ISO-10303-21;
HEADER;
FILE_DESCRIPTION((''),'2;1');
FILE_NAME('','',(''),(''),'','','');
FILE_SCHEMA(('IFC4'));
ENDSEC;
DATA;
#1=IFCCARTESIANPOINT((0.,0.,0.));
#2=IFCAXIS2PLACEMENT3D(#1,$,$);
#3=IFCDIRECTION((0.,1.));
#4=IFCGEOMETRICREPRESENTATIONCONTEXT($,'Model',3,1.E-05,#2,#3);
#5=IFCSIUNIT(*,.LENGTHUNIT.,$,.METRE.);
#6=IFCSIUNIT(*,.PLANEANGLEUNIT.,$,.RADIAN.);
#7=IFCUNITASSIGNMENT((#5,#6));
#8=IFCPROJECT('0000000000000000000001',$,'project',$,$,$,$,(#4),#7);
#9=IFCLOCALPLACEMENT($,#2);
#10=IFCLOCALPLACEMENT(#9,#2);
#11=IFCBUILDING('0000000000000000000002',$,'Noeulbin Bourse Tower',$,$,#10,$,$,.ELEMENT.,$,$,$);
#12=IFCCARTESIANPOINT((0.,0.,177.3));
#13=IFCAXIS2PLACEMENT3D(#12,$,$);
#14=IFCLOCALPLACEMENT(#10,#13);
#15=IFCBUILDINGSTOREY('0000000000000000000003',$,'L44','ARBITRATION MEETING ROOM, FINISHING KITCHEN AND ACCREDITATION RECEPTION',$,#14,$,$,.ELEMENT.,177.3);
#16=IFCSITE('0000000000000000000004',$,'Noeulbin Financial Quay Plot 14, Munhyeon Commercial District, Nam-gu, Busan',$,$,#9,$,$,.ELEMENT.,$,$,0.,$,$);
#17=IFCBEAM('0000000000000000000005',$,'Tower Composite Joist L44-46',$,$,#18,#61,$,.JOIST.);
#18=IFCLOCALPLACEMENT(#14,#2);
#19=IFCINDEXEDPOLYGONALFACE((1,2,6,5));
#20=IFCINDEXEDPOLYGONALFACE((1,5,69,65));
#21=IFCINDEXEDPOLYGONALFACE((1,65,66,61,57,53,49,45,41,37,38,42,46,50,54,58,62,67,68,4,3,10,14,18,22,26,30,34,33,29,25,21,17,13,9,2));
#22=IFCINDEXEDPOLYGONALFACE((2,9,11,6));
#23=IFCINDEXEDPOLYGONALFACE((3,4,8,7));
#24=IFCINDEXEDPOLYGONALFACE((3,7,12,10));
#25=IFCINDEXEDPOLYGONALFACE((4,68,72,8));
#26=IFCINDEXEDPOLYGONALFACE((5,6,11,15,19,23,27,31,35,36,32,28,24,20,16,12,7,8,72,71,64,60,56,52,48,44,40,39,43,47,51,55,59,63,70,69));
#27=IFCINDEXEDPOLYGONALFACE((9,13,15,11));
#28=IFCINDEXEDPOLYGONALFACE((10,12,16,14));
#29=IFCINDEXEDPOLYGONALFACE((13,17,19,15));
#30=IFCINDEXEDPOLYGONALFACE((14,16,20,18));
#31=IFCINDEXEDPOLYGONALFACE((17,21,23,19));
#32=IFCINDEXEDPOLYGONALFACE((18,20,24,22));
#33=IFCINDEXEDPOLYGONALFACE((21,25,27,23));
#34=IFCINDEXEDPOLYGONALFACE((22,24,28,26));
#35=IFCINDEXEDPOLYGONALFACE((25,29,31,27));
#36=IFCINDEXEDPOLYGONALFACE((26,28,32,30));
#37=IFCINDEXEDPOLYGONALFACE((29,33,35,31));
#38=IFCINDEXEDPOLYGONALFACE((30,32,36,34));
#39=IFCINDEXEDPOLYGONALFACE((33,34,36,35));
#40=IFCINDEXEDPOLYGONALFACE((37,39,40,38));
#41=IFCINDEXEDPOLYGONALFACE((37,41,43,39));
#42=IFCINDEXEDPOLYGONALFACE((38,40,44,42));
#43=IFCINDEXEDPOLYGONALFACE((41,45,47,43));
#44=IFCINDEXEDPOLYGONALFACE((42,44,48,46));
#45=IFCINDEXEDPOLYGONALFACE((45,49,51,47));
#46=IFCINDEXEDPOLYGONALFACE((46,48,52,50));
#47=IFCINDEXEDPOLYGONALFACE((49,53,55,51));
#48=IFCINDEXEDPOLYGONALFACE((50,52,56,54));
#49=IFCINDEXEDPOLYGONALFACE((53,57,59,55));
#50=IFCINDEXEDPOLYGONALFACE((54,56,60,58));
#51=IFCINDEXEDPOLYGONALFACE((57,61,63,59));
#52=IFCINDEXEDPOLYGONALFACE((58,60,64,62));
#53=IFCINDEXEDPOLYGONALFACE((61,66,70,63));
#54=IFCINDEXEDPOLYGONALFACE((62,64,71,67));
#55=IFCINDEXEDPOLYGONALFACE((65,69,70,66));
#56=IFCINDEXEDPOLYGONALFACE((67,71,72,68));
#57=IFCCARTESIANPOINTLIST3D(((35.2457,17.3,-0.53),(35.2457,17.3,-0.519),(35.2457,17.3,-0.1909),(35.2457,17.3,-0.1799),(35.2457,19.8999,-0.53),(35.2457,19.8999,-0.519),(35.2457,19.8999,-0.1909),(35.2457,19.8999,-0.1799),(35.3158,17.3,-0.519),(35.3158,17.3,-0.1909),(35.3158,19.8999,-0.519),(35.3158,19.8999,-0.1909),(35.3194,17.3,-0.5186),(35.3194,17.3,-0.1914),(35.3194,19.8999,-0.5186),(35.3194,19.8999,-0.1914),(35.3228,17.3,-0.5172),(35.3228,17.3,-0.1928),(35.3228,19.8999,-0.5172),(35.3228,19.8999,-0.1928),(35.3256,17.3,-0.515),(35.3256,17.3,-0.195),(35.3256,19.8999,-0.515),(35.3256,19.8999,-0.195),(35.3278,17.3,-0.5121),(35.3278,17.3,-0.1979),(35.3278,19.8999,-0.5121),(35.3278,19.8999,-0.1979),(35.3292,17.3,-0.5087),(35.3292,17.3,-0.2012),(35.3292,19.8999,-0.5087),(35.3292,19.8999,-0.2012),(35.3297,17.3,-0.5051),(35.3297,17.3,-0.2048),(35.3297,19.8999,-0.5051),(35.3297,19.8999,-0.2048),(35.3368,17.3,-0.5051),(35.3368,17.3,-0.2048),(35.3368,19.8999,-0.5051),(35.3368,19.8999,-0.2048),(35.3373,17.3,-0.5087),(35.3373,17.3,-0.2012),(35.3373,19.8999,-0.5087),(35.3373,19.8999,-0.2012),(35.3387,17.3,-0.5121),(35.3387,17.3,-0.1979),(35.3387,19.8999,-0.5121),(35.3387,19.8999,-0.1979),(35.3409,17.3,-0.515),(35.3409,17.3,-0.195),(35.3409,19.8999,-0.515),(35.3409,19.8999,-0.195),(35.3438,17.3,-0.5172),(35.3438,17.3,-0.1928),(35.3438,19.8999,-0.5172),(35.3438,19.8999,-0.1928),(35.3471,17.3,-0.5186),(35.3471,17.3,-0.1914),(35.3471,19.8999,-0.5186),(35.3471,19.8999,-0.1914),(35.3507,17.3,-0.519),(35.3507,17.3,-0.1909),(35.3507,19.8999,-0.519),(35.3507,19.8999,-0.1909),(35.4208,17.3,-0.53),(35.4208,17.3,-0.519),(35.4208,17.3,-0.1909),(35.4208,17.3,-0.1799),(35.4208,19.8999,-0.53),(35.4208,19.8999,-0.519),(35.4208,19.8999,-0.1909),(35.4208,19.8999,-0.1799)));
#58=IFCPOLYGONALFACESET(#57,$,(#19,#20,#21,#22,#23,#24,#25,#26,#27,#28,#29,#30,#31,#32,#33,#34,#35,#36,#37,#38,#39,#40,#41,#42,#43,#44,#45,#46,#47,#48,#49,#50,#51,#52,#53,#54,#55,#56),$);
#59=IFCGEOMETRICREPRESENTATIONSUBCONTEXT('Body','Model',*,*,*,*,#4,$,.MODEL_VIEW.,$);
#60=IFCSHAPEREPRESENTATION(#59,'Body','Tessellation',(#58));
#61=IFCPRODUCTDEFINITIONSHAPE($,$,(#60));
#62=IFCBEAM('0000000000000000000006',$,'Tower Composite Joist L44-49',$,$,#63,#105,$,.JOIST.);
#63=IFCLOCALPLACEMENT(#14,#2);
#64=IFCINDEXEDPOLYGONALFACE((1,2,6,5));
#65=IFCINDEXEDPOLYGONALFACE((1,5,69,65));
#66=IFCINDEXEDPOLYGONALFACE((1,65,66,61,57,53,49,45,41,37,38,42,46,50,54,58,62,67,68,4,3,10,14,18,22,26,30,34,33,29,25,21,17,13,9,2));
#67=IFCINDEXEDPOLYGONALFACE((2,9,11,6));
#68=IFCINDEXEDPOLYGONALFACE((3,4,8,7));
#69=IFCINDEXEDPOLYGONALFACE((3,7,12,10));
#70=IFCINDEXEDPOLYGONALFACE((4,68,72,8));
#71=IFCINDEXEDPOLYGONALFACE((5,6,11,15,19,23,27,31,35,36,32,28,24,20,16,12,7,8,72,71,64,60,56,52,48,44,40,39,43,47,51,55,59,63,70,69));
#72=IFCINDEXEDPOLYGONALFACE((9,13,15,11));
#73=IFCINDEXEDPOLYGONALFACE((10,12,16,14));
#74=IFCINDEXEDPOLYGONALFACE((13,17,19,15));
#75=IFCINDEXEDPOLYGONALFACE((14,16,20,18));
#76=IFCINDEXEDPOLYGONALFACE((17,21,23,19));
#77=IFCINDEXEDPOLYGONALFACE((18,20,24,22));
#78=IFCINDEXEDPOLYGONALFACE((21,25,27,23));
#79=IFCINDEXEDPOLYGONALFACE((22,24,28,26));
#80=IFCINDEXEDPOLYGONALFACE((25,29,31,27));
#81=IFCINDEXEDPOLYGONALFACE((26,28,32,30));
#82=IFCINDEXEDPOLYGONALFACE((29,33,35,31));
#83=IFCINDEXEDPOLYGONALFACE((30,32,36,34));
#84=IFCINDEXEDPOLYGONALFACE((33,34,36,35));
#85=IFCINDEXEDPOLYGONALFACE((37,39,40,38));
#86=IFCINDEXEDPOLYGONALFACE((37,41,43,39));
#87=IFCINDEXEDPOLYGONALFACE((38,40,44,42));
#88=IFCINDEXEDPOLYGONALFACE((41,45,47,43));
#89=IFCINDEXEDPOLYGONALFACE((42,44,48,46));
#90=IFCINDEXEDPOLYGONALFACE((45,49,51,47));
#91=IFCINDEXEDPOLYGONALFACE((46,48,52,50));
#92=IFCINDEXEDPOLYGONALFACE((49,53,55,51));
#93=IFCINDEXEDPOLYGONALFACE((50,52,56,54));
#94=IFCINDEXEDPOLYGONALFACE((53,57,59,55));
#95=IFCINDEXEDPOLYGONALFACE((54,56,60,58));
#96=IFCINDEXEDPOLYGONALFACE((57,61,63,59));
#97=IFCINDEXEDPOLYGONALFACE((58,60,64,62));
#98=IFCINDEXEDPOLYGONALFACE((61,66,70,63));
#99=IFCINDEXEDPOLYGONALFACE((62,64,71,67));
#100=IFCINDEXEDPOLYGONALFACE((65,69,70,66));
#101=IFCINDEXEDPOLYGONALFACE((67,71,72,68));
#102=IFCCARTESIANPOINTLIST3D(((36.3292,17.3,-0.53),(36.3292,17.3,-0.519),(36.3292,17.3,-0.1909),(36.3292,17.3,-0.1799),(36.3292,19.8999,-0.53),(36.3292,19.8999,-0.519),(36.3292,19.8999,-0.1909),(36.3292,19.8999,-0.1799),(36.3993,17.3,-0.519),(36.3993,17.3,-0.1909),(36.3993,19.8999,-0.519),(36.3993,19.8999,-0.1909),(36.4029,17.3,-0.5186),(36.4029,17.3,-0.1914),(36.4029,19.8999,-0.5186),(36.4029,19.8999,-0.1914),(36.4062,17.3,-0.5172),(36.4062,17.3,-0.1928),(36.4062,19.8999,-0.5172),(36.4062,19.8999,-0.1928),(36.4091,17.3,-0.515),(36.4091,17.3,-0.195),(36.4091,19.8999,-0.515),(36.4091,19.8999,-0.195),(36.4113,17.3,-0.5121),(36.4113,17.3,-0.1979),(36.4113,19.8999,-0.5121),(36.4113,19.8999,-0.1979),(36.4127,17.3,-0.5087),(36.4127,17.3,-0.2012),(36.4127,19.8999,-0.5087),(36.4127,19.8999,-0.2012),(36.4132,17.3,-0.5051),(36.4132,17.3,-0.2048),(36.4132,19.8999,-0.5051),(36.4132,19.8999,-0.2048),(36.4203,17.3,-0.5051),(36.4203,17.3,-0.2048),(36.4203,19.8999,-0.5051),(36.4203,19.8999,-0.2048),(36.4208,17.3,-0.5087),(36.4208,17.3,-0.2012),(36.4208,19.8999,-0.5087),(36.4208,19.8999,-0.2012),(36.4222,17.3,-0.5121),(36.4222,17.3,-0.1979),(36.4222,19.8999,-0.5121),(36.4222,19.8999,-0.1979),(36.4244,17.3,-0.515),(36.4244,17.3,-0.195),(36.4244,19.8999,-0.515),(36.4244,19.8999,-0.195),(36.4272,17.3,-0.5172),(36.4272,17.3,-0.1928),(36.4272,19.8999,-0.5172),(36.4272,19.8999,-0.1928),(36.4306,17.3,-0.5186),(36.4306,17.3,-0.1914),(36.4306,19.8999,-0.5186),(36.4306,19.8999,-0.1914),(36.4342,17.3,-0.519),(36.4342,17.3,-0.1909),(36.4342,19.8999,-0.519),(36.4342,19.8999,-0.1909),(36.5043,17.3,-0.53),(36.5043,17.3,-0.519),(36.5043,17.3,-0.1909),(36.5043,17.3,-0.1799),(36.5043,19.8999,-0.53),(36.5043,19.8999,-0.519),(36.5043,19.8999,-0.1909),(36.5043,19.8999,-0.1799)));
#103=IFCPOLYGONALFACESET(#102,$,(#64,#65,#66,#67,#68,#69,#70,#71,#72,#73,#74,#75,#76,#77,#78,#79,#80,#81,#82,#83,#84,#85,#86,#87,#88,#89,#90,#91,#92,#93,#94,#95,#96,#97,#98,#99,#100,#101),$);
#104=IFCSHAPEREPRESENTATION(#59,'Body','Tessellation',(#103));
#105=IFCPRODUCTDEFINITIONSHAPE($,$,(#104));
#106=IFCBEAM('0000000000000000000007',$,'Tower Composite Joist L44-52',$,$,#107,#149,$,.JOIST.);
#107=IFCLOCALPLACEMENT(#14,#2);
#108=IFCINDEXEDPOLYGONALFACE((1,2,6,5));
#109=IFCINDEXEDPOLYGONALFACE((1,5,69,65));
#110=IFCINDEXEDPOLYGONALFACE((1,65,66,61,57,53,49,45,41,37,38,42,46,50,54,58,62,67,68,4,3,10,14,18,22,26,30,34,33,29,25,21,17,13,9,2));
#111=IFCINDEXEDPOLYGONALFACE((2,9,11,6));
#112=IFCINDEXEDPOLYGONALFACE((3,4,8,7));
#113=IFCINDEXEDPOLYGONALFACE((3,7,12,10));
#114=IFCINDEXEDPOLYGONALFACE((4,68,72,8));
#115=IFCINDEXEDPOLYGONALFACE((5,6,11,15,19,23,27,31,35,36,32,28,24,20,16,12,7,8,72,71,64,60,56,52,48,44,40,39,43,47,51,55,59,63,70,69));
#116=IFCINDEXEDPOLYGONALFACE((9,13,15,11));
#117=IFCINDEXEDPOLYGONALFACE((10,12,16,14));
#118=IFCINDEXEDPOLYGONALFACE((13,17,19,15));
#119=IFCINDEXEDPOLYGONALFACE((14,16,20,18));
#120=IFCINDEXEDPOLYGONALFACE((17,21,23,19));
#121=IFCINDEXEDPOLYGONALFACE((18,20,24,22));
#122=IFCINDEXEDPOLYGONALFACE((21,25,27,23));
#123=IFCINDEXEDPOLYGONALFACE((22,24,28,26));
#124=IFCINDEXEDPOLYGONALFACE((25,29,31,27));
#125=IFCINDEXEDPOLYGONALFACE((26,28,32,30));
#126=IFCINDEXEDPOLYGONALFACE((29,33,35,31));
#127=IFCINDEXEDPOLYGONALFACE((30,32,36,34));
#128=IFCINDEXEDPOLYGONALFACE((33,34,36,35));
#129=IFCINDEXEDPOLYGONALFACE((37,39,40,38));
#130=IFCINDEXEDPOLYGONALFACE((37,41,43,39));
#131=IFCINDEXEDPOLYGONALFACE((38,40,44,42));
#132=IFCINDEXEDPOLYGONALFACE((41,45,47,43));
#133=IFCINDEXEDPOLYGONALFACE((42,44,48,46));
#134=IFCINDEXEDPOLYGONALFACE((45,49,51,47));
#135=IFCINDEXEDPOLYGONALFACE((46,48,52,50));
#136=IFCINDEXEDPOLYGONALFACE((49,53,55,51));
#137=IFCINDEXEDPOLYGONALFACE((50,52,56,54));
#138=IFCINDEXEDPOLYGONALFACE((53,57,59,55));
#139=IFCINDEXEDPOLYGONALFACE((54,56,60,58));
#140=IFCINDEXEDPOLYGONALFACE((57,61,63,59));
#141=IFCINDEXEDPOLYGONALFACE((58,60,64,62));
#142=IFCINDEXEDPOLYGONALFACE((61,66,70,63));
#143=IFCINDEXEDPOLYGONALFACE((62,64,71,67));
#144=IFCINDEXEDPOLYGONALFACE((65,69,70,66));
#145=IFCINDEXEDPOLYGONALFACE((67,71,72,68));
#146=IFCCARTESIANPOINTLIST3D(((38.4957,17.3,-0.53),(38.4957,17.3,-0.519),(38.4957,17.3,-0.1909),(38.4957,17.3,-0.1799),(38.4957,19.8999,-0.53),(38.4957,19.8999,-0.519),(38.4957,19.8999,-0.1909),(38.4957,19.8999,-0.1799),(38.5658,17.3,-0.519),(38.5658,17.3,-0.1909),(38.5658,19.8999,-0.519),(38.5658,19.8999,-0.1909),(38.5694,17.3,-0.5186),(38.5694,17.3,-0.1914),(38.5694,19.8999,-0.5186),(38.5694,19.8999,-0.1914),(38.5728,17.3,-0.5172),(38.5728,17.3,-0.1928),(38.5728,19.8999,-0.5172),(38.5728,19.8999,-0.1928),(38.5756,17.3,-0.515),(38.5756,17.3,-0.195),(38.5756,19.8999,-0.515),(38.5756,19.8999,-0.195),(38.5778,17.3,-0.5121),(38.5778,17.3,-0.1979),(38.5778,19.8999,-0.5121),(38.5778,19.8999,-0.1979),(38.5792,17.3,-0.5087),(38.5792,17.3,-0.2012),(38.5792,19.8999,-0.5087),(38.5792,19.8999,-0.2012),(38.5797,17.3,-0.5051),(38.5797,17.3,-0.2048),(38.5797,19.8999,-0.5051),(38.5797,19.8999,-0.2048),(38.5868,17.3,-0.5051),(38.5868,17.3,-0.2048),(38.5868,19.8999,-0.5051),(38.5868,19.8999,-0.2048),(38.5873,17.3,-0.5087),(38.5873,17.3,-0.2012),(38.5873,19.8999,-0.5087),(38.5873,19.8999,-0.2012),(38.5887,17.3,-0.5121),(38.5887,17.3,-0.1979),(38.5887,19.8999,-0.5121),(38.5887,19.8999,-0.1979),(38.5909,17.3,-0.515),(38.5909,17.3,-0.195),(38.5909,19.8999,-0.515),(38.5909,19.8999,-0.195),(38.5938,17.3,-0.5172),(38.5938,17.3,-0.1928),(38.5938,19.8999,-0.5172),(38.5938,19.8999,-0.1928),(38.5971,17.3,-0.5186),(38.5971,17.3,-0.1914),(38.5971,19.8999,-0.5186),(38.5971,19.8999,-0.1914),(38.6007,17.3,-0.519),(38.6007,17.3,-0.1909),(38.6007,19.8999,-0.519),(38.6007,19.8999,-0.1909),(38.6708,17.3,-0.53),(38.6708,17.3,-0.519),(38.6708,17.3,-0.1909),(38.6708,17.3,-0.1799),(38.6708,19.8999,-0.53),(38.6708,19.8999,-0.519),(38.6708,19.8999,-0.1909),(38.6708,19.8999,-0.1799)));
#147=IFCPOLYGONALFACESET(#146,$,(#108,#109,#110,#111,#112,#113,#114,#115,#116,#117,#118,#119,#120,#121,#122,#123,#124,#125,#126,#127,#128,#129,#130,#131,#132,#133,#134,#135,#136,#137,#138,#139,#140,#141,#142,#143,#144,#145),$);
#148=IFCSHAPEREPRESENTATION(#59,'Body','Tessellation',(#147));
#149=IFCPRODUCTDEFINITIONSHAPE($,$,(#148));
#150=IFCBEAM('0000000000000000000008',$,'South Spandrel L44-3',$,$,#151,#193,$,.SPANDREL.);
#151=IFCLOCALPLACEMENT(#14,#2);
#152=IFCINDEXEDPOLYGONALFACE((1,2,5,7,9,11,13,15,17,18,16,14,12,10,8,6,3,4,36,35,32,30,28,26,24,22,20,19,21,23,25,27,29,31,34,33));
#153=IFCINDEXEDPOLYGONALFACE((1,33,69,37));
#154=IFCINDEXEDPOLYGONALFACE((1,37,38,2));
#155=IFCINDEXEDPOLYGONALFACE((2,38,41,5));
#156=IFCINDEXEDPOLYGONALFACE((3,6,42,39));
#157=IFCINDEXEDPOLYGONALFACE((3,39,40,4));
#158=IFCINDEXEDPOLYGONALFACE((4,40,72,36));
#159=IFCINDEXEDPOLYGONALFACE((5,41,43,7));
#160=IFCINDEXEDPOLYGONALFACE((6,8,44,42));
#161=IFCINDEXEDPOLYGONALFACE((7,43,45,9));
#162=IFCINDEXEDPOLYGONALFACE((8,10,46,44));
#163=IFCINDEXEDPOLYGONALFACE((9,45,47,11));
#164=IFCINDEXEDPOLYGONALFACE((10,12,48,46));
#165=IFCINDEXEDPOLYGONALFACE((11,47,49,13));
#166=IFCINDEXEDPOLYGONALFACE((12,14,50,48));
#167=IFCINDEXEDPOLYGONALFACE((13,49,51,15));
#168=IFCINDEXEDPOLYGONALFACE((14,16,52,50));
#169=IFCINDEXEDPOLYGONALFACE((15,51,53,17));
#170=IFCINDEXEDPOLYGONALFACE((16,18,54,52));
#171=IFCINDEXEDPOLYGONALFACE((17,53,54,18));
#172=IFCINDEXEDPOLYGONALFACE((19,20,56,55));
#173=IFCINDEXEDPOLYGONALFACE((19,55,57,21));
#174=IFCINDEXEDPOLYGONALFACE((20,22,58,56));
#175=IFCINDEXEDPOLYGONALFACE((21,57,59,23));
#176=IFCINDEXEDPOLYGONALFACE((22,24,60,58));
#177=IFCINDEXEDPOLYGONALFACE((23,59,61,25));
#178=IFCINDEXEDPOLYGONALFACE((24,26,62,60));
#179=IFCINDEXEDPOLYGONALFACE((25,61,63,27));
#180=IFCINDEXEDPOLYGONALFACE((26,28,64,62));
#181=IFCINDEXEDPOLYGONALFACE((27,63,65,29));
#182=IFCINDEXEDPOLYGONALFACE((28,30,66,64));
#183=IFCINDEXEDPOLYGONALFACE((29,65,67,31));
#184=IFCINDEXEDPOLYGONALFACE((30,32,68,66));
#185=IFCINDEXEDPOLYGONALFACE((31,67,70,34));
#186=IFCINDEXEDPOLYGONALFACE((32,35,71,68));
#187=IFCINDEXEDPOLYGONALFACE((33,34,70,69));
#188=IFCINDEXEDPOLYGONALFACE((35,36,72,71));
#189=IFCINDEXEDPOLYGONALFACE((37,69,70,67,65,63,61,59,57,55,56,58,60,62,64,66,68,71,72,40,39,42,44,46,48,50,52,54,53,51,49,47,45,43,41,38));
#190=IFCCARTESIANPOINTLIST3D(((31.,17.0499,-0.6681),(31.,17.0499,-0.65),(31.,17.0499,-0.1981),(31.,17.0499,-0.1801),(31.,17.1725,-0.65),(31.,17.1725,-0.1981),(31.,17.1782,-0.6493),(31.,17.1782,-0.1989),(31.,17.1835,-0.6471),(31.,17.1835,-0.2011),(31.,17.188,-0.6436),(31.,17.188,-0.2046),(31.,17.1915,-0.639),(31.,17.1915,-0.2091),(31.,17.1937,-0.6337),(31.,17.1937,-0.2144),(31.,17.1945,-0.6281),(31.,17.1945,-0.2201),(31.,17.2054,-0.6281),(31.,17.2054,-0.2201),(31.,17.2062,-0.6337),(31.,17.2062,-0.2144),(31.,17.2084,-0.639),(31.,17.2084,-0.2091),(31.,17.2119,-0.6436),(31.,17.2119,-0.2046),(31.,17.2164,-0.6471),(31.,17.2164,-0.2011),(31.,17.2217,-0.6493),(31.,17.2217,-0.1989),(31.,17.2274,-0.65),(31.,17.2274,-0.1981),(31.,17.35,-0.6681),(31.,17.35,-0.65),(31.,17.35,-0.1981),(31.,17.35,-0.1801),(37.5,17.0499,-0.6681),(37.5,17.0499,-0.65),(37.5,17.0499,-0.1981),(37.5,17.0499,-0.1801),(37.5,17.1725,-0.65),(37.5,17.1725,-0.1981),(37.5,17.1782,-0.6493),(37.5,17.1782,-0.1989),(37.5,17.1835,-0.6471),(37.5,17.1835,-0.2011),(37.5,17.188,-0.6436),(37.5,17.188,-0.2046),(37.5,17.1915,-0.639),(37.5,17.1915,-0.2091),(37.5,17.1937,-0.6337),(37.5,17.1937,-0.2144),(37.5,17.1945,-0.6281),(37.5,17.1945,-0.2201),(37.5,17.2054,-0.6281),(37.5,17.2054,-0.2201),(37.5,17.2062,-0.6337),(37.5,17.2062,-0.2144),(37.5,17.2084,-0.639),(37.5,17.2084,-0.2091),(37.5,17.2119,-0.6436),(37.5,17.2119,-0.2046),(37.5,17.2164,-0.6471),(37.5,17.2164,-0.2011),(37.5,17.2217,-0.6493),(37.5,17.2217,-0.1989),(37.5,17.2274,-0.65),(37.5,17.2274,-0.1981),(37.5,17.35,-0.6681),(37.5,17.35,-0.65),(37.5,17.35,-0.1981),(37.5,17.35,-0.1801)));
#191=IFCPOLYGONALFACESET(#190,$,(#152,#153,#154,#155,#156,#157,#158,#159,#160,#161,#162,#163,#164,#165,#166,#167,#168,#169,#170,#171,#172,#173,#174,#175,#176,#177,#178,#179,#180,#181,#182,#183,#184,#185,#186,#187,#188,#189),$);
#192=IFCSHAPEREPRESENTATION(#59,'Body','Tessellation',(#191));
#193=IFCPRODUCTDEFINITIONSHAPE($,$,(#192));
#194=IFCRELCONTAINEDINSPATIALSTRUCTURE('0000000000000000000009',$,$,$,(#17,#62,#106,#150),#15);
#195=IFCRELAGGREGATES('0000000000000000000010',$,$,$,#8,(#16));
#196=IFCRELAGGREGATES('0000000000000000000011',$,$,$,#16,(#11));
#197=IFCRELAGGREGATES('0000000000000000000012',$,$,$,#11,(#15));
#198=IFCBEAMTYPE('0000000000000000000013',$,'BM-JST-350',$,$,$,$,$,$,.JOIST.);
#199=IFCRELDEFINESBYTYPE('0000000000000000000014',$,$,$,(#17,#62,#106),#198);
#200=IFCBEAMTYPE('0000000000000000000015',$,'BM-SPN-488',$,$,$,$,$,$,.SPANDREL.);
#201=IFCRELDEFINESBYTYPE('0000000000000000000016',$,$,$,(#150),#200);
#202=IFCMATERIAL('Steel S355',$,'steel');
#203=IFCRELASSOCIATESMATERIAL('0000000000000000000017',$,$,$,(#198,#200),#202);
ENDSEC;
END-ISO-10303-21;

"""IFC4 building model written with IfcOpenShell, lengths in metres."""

from ifc_helpers import new_model, si_unit, direction, frame, origin, origin_2d, place, context, subcontext, project, spatial, i_section, extrude, material, material_profile, profile_set, type_object, element, save


model = new_model("IFC4")

# Units and contexts
model_context = context("Model", 3, precision=1e-05, world=origin(), true_north=direction((0.0, 1.0)))
body_context = subcontext(model_context, "Body", "Model", "MODEL_VIEW")
ifc_project = project(units=[si_unit("LENGTHUNIT", "METRE"), si_unit("PLANEANGLEUNIT", "RADIAN")], contexts=[model_context])

# Site, building, storey
site_placement = place(None, origin())
site = spatial("IfcSite", under=ifc_project, at=site_placement, Name="Noeulbin Financial Quay Plot 14, Munhyeon Commercial District, Nam-gu, Busan", CompositionType="ELEMENT", RefElevation=0.0)
building_placement = place(site_placement, origin())
building = spatial("IfcBuilding", under=site, at=building_placement, Name="Noeulbin Bourse Tower", CompositionType="ELEMENT")
storey_placement = place(building_placement, frame((0.0, 0.0, 177.3)))
storey = spatial("IfcBuildingStorey", under=building, at=storey_placement, Name="L44", Description="ARBITRATION MEETING ROOM, FINISHING KITCHEN AND ACCREDITATION RECEPTION", CompositionType="ELEMENT", Elevation=177.3)

# Shared definitions
ifc_material_1 = material(Name="Steel S355", Category="steel")

# Beams
ifc_material_profile_1 = material_profile(ifc_material_1, i_section(OverallWidth=0.175, OverallDepth=0.3501, WebThickness=0.0071, FlangeThickness=0.011, FilletRadius=0.0139, at=origin_2d()), Name="H-350x175x7x11", Category="LoadBearing")
ifc_profile_set_1 = profile_set([ifc_material_profile_1], Name="Steel S355")
beam_type_1 = type_object("IfcBeamType", Name="BM-JST-350", PredefinedType="JOIST", material=ifc_profile_set_1)
for number, where, z_axis, x_axis, name in (
    (1, (35.3333, 17.3, -0.355), (0.0, 1.0, 0.0), (-1.0, 0.0, 0.0), "Tower Composite Joist L44-46"),
    (2, (36.4167, 17.3, -0.355), (0.0, 1.0, 0.0), (-1.0, 0.0, 0.0), "Tower Composite Joist L44-49"),
    (3, (38.5833, 17.3, -0.355), (0.0, 1.0, 0.0), (-1.0, 0.0, 0.0), "Tower Composite Joist L44-52"),
):
    element("IfcBeam", number, at=place(storey_placement, frame(where, z_axis=z_axis, x_axis=x_axis)), inside=storey, type_object=beam_type_1, Name=name, PredefinedType="JOIST", context=body_context, shape_type="SweptSolid", body=[
        extrude(i_section(OverallWidth=0.175, OverallDepth=0.3501, WebThickness=0.0071, FlangeThickness=0.011, FilletRadius=0.0139, at=origin_2d()), origin(), (0.0, 0.0, 1.0), 2.5999),
    ])
ifc_material_profile_2 = material_profile(ifc_material_1, i_section(OverallWidth=0.3, OverallDepth=0.488, WebThickness=0.011, FlangeThickness=0.0181, FilletRadius=0.022, at=origin_2d()), Name="H-488x300x11x18", Category="LoadBearing")
ifc_profile_set_2 = profile_set([ifc_material_profile_2], Name="Steel S355")
beam_type_2 = type_object("IfcBeamType", Name="BM-SPN-488", PredefinedType="SPANDREL", material=ifc_profile_set_2)
for number, where, z_axis, x_axis, name in (
    (4, (31.0, 17.2, -0.4241), (1.0, 0.0, 0.0), (0.0, 1.0, 0.0), "South Spandrel L44-3"),
):
    element("IfcBeam", number, at=place(storey_placement, frame(where, z_axis=z_axis, x_axis=x_axis)), inside=storey, type_object=beam_type_2, Name=name, PredefinedType="SPANDREL", context=body_context, shape_type="SweptSolid", body=[
        extrude(i_section(OverallWidth=0.3, OverallDepth=0.488, WebThickness=0.011, FlangeThickness=0.0181, FilletRadius=0.022, at=origin_2d()), origin(), (0.0, 0.0, 1.0), 6.5),
    ])

save(model, "model.ifc")
